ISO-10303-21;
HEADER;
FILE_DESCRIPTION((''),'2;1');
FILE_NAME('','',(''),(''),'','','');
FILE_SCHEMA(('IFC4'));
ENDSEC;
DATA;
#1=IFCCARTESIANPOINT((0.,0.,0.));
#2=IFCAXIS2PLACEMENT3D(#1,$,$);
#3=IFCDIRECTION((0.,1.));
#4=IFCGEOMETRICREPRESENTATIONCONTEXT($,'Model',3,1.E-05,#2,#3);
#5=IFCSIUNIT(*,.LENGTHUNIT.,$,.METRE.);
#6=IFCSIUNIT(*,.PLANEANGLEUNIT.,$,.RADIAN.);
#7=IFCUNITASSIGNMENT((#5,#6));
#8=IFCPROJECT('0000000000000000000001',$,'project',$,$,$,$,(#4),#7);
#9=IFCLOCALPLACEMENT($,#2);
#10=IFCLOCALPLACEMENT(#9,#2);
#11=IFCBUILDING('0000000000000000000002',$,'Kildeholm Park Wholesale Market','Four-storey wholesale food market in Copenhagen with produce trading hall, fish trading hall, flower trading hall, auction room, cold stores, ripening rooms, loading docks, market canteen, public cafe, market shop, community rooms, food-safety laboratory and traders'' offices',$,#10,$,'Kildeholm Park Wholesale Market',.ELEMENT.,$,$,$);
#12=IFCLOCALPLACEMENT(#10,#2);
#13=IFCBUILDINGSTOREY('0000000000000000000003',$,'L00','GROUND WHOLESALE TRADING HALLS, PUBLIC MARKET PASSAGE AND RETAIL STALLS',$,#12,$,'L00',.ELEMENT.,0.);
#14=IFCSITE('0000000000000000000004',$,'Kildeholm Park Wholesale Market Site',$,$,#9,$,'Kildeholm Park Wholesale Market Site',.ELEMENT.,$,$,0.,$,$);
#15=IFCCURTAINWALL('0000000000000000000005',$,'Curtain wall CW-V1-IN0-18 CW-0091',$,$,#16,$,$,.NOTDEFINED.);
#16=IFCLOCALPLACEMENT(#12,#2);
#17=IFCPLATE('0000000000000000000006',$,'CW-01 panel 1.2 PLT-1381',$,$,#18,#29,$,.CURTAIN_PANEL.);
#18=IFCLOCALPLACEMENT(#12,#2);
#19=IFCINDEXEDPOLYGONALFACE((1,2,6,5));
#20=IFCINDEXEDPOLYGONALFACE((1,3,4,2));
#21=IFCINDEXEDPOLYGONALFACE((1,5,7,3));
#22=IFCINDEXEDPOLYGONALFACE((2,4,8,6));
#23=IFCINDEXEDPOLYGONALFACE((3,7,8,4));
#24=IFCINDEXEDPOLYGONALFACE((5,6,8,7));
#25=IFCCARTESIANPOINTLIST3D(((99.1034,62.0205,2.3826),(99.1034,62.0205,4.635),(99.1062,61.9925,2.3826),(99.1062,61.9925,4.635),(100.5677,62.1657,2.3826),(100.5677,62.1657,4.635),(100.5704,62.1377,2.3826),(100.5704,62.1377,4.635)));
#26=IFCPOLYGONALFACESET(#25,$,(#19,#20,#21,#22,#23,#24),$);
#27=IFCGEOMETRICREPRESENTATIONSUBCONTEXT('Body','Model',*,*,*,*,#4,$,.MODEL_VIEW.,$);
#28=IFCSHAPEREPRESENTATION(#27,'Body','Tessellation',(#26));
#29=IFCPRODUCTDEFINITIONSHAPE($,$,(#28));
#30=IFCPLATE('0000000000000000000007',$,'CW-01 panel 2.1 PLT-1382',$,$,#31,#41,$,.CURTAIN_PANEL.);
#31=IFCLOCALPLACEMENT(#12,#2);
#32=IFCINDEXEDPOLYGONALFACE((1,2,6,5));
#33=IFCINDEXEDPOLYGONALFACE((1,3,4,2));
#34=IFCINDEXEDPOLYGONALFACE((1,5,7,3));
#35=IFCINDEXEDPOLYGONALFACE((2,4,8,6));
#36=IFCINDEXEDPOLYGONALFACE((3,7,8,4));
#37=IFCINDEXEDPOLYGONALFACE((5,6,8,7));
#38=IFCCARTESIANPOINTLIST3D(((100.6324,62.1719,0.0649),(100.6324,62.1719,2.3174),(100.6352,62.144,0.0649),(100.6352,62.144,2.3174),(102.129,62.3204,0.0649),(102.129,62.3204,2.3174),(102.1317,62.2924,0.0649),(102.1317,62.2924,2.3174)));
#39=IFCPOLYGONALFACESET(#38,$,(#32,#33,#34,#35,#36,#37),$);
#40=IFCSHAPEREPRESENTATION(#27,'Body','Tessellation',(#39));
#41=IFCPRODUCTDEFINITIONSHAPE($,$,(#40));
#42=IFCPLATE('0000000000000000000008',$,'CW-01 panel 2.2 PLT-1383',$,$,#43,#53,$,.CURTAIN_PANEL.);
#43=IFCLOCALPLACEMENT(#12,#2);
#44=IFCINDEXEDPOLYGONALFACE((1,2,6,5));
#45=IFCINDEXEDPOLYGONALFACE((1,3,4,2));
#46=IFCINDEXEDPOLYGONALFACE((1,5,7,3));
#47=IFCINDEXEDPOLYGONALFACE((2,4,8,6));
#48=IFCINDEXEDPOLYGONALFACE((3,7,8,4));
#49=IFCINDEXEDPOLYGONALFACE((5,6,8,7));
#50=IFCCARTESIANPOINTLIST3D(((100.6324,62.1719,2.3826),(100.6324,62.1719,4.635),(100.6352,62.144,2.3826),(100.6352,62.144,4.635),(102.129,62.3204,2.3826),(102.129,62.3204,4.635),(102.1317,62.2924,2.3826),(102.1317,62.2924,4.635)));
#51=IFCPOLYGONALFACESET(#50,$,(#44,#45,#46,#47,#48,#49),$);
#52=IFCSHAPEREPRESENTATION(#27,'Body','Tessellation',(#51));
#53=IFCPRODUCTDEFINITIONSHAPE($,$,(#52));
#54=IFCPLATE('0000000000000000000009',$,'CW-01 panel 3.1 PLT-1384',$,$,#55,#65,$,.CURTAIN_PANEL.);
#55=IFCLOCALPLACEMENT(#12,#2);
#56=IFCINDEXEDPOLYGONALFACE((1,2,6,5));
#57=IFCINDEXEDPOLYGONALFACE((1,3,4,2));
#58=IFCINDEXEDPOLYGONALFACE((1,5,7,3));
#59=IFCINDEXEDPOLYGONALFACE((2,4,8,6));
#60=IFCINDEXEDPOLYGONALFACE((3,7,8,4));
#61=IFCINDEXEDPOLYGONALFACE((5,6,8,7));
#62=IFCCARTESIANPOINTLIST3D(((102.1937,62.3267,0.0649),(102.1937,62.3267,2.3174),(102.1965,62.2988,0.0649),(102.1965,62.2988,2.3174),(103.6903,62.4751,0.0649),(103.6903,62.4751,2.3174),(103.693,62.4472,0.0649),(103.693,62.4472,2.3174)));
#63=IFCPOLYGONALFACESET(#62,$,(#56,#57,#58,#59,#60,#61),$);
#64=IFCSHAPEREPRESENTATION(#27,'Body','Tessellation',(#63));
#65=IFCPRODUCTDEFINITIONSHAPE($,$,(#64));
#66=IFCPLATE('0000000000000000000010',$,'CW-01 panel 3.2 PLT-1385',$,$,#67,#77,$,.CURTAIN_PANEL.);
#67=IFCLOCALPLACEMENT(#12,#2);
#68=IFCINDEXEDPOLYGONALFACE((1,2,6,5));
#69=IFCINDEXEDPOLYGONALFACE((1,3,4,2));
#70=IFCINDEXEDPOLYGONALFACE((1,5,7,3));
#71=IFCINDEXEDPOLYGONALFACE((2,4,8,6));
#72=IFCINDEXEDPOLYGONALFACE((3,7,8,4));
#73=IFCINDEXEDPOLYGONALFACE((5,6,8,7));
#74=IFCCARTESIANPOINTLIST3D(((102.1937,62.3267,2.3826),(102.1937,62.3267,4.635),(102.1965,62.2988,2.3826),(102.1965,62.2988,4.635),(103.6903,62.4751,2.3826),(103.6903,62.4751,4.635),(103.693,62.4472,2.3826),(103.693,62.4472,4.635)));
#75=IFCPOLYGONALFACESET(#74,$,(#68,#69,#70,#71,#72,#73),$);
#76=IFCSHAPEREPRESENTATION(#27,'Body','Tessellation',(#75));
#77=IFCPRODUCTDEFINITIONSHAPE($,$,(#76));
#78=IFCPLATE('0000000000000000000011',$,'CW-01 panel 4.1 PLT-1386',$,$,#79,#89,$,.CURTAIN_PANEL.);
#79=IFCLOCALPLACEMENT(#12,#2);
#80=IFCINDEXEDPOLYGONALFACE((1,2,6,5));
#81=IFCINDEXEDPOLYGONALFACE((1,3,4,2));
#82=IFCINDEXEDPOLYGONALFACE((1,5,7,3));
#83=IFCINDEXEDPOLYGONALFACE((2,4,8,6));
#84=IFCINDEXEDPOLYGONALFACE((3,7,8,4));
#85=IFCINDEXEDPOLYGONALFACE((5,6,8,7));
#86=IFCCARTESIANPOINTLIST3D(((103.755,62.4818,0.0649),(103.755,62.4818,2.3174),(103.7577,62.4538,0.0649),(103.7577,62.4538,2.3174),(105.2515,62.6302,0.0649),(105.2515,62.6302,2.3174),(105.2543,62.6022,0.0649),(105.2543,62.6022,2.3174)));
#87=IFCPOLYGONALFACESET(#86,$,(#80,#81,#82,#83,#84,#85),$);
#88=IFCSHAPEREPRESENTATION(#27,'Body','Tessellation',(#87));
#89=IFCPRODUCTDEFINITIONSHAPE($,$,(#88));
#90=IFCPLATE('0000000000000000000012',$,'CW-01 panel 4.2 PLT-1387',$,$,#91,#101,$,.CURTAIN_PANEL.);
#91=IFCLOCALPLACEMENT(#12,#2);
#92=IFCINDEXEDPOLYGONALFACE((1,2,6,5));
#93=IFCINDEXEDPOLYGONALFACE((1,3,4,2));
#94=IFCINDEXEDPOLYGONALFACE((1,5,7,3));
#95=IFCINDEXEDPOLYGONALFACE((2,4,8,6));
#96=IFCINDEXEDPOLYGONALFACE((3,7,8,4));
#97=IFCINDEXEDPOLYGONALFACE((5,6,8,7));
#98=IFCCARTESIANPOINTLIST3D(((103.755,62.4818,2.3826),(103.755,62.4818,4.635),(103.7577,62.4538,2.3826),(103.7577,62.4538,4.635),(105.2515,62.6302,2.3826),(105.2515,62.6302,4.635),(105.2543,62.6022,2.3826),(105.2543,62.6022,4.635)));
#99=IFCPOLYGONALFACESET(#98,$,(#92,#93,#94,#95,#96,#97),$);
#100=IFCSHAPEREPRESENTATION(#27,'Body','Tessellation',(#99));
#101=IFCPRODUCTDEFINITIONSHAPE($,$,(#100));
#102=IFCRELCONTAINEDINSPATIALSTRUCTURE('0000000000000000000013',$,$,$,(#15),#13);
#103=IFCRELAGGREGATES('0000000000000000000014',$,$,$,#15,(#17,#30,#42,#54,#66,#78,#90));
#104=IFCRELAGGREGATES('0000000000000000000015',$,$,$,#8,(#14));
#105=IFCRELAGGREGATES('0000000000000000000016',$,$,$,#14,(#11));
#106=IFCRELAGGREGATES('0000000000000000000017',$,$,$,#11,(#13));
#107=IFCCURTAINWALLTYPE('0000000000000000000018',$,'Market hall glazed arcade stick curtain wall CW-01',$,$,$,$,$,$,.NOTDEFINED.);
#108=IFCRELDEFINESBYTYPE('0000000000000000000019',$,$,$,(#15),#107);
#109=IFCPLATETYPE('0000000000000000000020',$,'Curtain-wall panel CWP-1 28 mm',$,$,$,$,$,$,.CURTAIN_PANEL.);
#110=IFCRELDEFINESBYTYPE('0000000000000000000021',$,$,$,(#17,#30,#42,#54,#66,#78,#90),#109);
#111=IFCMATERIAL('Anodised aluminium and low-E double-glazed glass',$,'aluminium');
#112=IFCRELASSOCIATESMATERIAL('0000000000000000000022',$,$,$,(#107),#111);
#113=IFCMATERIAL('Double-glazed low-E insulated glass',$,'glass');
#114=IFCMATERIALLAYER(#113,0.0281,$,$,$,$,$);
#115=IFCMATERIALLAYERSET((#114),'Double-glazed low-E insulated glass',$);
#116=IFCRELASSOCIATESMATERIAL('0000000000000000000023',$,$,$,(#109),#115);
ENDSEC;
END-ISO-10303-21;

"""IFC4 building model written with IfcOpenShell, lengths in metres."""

from ifc_helpers import new_model, si_unit, direction, frame, origin, origin_2d, place, context, subcontext, project, spatial, rectangle, extrude, material, layer, layer_set, type_object, element, aggregate, save


model = new_model("IFC4")

# Units and contexts
model_context = context("Model", 3, precision=1e-05, world=origin(), true_north=direction((0.0, 1.0)))
body_context = subcontext(model_context, "Body", "Model", "MODEL_VIEW")
ifc_project = project(units=[si_unit("LENGTHUNIT", "METRE"), si_unit("PLANEANGLEUNIT", "RADIAN")], contexts=[model_context])

# Site, building, storey
site_placement = place(None, origin())
site = spatial("IfcSite", under=ifc_project, at=site_placement, Name="Kildeholm Park Wholesale Market Site", LongName="Kildeholm Park Wholesale Market Site", CompositionType="ELEMENT", RefElevation=0.0)
building_placement = place(site_placement, origin())
building = spatial("IfcBuilding", under=site, at=building_placement, Name="Kildeholm Park Wholesale Market", Description="Four-storey wholesale food market in Copenhagen with produce trading hall, fish trading hall, flower trading hall, auction room, cold stores, ripening rooms, loading docks, market canteen, public cafe, market shop, community rooms, food-safety laboratory and traders' offices", LongName="Kildeholm Park Wholesale Market", CompositionType="ELEMENT")
storey_placement = place(building_placement, origin())
storey = spatial("IfcBuildingStorey", under=building, at=storey_placement, Name="L00", Description="GROUND WHOLESALE TRADING HALLS, PUBLIC MARKET PASSAGE AND RETAIL STALLS", LongName="L00", CompositionType="ELEMENT", Elevation=0.0)

# Curtain wall
ifc_material_1 = material(Name="Anodised aluminium and low-E double-glazed glass", Category="aluminium")
curtain_wall_type = type_object("IfcCurtainWallType", Name="Market hall glazed arcade stick curtain wall CW-01", PredefinedType="NOTDEFINED", material=ifc_material_1)
curtain_wall_1_placement = place(storey_placement, origin())
curtain_wall_1 = element("IfcCurtainWall", 1, at=curtain_wall_1_placement, inside=storey, type_object=curtain_wall_type, Name="Curtain wall CW-V1-IN0-18 CW-0091", PredefinedType="NOTDEFINED")

# Plates
ifc_material_2 = material(Name="Double-glazed low-E insulated glass", Category="glass")
ifc_layer = layer(ifc_material_2, 0.0281)
ifc_layer_set = layer_set([ifc_layer], Name="Double-glazed low-E insulated glass")
plate_type = type_object("IfcPlateType", Name="Curtain-wall panel CWP-1 28 mm", PredefinedType="CURTAIN_PANEL", material=ifc_layer_set)
plate_1_placement = place(storey_placement, frame((99.8369, 62.0791, 2.3826), z_axis=(0.0, 0.0, 1.0), x_axis=(0.995119, 0.098683, 0.0)))
plate_1 = element("IfcPlate", 2, at=plate_1_placement, type_object=plate_type, Name="CW-01 panel 1.2 PLT-1381", PredefinedType="CURTAIN_PANEL", context=body_context, shape_type="SweptSolid", body=[
    extrude(rectangle(XDim=1.4714, YDim=0.0281, at=origin_2d()), origin(), (0.0, 0.0, 1.0), 2.2524),
])
plate_2_placement = place(storey_placement, frame((101.3821, 62.2322, 0.0649), z_axis=(0.0, 0.0, 1.0), x_axis=(0.995119, 0.098683, 0.0)))
plate_2 = element("IfcPlate", 3, at=plate_2_placement, type_object=plate_type, Name="CW-01 panel 2.1 PLT-1382", PredefinedType="CURTAIN_PANEL", context=body_context, shape_type="SweptSolid", body=[
    extrude(rectangle(XDim=1.5039, YDim=0.0281, at=origin_2d()), origin(), (0.0, 0.0, 1.0), 2.2524),
])
plate_3_placement = place(storey_placement, frame((101.3821, 62.2322, 2.3826), z_axis=(0.0, 0.0, 1.0), x_axis=(0.995119, 0.098683, 0.0)))
plate_3 = element("IfcPlate", 4, at=plate_3_placement, type_object=plate_type, Name="CW-01 panel 2.2 PLT-1383", PredefinedType="CURTAIN_PANEL", context=body_context, shape_type="SweptSolid", body=[
    extrude(rectangle(XDim=1.5039, YDim=0.0281, at=origin_2d()), origin(), (0.0, 0.0, 1.0), 2.2524),
])
plate_4_placement = place(storey_placement, frame((102.9434, 62.387, 0.0649), z_axis=(0.0, 0.0, 1.0), x_axis=(0.995119, 0.098683, 0.0)))
plate_4 = element("IfcPlate", 5, at=plate_4_placement, type_object=plate_type, Name="CW-01 panel 3.1 PLT-1384", PredefinedType="CURTAIN_PANEL", context=body_context, shape_type="SweptSolid", body=[
    extrude(rectangle(XDim=1.5039, YDim=0.0281, at=origin_2d()), origin(), (0.0, 0.0, 1.0), 2.2524),
])
plate_5_placement = place(storey_placement, frame((102.9434, 62.387, 2.3826), z_axis=(0.0, 0.0, 1.0), x_axis=(0.995119, 0.098683, 0.0)))
plate_5 = element("IfcPlate", 6, at=plate_5_placement, type_object=plate_type, Name="CW-01 panel 3.2 PLT-1385", PredefinedType="CURTAIN_PANEL", context=body_context, shape_type="SweptSolid", body=[
    extrude(rectangle(XDim=1.5039, YDim=0.0281, at=origin_2d()), origin(), (0.0, 0.0, 1.0), 2.2524),
])
plate_6_placement = place(storey_placement, frame((104.5046, 62.542, 0.0649), z_axis=(0.0, 0.0, 1.0), x_axis=(0.995119, 0.098683, 0.0)))
plate_6 = element("IfcPlate", 7, at=plate_6_placement, type_object=plate_type, Name="CW-01 panel 4.1 PLT-1386", PredefinedType="CURTAIN_PANEL", context=body_context, shape_type="SweptSolid", body=[
    extrude(rectangle(XDim=1.5039, YDim=0.0281, at=origin_2d()), origin(), (0.0, 0.0, 1.0), 2.2524),
])
plate_7_placement = place(storey_placement, frame((104.5046, 62.542, 2.3826), z_axis=(0.0, 0.0, 1.0), x_axis=(0.995119, 0.098683, 0.0)))
plate_7 = element("IfcPlate", 8, at=plate_7_placement, type_object=plate_type, Name="CW-01 panel 4.2 PLT-1387", PredefinedType="CURTAIN_PANEL", context=body_context, shape_type="SweptSolid", body=[
    extrude(rectangle(XDim=1.5039, YDim=0.0281, at=origin_2d()), origin(), (0.0, 0.0, 1.0), 2.2524),
])
aggregate(curtain_wall_1, [plate_1, plate_2, plate_3, plate_4, plate_5, plate_6, plate_7])

save(model, "model.ifc")
